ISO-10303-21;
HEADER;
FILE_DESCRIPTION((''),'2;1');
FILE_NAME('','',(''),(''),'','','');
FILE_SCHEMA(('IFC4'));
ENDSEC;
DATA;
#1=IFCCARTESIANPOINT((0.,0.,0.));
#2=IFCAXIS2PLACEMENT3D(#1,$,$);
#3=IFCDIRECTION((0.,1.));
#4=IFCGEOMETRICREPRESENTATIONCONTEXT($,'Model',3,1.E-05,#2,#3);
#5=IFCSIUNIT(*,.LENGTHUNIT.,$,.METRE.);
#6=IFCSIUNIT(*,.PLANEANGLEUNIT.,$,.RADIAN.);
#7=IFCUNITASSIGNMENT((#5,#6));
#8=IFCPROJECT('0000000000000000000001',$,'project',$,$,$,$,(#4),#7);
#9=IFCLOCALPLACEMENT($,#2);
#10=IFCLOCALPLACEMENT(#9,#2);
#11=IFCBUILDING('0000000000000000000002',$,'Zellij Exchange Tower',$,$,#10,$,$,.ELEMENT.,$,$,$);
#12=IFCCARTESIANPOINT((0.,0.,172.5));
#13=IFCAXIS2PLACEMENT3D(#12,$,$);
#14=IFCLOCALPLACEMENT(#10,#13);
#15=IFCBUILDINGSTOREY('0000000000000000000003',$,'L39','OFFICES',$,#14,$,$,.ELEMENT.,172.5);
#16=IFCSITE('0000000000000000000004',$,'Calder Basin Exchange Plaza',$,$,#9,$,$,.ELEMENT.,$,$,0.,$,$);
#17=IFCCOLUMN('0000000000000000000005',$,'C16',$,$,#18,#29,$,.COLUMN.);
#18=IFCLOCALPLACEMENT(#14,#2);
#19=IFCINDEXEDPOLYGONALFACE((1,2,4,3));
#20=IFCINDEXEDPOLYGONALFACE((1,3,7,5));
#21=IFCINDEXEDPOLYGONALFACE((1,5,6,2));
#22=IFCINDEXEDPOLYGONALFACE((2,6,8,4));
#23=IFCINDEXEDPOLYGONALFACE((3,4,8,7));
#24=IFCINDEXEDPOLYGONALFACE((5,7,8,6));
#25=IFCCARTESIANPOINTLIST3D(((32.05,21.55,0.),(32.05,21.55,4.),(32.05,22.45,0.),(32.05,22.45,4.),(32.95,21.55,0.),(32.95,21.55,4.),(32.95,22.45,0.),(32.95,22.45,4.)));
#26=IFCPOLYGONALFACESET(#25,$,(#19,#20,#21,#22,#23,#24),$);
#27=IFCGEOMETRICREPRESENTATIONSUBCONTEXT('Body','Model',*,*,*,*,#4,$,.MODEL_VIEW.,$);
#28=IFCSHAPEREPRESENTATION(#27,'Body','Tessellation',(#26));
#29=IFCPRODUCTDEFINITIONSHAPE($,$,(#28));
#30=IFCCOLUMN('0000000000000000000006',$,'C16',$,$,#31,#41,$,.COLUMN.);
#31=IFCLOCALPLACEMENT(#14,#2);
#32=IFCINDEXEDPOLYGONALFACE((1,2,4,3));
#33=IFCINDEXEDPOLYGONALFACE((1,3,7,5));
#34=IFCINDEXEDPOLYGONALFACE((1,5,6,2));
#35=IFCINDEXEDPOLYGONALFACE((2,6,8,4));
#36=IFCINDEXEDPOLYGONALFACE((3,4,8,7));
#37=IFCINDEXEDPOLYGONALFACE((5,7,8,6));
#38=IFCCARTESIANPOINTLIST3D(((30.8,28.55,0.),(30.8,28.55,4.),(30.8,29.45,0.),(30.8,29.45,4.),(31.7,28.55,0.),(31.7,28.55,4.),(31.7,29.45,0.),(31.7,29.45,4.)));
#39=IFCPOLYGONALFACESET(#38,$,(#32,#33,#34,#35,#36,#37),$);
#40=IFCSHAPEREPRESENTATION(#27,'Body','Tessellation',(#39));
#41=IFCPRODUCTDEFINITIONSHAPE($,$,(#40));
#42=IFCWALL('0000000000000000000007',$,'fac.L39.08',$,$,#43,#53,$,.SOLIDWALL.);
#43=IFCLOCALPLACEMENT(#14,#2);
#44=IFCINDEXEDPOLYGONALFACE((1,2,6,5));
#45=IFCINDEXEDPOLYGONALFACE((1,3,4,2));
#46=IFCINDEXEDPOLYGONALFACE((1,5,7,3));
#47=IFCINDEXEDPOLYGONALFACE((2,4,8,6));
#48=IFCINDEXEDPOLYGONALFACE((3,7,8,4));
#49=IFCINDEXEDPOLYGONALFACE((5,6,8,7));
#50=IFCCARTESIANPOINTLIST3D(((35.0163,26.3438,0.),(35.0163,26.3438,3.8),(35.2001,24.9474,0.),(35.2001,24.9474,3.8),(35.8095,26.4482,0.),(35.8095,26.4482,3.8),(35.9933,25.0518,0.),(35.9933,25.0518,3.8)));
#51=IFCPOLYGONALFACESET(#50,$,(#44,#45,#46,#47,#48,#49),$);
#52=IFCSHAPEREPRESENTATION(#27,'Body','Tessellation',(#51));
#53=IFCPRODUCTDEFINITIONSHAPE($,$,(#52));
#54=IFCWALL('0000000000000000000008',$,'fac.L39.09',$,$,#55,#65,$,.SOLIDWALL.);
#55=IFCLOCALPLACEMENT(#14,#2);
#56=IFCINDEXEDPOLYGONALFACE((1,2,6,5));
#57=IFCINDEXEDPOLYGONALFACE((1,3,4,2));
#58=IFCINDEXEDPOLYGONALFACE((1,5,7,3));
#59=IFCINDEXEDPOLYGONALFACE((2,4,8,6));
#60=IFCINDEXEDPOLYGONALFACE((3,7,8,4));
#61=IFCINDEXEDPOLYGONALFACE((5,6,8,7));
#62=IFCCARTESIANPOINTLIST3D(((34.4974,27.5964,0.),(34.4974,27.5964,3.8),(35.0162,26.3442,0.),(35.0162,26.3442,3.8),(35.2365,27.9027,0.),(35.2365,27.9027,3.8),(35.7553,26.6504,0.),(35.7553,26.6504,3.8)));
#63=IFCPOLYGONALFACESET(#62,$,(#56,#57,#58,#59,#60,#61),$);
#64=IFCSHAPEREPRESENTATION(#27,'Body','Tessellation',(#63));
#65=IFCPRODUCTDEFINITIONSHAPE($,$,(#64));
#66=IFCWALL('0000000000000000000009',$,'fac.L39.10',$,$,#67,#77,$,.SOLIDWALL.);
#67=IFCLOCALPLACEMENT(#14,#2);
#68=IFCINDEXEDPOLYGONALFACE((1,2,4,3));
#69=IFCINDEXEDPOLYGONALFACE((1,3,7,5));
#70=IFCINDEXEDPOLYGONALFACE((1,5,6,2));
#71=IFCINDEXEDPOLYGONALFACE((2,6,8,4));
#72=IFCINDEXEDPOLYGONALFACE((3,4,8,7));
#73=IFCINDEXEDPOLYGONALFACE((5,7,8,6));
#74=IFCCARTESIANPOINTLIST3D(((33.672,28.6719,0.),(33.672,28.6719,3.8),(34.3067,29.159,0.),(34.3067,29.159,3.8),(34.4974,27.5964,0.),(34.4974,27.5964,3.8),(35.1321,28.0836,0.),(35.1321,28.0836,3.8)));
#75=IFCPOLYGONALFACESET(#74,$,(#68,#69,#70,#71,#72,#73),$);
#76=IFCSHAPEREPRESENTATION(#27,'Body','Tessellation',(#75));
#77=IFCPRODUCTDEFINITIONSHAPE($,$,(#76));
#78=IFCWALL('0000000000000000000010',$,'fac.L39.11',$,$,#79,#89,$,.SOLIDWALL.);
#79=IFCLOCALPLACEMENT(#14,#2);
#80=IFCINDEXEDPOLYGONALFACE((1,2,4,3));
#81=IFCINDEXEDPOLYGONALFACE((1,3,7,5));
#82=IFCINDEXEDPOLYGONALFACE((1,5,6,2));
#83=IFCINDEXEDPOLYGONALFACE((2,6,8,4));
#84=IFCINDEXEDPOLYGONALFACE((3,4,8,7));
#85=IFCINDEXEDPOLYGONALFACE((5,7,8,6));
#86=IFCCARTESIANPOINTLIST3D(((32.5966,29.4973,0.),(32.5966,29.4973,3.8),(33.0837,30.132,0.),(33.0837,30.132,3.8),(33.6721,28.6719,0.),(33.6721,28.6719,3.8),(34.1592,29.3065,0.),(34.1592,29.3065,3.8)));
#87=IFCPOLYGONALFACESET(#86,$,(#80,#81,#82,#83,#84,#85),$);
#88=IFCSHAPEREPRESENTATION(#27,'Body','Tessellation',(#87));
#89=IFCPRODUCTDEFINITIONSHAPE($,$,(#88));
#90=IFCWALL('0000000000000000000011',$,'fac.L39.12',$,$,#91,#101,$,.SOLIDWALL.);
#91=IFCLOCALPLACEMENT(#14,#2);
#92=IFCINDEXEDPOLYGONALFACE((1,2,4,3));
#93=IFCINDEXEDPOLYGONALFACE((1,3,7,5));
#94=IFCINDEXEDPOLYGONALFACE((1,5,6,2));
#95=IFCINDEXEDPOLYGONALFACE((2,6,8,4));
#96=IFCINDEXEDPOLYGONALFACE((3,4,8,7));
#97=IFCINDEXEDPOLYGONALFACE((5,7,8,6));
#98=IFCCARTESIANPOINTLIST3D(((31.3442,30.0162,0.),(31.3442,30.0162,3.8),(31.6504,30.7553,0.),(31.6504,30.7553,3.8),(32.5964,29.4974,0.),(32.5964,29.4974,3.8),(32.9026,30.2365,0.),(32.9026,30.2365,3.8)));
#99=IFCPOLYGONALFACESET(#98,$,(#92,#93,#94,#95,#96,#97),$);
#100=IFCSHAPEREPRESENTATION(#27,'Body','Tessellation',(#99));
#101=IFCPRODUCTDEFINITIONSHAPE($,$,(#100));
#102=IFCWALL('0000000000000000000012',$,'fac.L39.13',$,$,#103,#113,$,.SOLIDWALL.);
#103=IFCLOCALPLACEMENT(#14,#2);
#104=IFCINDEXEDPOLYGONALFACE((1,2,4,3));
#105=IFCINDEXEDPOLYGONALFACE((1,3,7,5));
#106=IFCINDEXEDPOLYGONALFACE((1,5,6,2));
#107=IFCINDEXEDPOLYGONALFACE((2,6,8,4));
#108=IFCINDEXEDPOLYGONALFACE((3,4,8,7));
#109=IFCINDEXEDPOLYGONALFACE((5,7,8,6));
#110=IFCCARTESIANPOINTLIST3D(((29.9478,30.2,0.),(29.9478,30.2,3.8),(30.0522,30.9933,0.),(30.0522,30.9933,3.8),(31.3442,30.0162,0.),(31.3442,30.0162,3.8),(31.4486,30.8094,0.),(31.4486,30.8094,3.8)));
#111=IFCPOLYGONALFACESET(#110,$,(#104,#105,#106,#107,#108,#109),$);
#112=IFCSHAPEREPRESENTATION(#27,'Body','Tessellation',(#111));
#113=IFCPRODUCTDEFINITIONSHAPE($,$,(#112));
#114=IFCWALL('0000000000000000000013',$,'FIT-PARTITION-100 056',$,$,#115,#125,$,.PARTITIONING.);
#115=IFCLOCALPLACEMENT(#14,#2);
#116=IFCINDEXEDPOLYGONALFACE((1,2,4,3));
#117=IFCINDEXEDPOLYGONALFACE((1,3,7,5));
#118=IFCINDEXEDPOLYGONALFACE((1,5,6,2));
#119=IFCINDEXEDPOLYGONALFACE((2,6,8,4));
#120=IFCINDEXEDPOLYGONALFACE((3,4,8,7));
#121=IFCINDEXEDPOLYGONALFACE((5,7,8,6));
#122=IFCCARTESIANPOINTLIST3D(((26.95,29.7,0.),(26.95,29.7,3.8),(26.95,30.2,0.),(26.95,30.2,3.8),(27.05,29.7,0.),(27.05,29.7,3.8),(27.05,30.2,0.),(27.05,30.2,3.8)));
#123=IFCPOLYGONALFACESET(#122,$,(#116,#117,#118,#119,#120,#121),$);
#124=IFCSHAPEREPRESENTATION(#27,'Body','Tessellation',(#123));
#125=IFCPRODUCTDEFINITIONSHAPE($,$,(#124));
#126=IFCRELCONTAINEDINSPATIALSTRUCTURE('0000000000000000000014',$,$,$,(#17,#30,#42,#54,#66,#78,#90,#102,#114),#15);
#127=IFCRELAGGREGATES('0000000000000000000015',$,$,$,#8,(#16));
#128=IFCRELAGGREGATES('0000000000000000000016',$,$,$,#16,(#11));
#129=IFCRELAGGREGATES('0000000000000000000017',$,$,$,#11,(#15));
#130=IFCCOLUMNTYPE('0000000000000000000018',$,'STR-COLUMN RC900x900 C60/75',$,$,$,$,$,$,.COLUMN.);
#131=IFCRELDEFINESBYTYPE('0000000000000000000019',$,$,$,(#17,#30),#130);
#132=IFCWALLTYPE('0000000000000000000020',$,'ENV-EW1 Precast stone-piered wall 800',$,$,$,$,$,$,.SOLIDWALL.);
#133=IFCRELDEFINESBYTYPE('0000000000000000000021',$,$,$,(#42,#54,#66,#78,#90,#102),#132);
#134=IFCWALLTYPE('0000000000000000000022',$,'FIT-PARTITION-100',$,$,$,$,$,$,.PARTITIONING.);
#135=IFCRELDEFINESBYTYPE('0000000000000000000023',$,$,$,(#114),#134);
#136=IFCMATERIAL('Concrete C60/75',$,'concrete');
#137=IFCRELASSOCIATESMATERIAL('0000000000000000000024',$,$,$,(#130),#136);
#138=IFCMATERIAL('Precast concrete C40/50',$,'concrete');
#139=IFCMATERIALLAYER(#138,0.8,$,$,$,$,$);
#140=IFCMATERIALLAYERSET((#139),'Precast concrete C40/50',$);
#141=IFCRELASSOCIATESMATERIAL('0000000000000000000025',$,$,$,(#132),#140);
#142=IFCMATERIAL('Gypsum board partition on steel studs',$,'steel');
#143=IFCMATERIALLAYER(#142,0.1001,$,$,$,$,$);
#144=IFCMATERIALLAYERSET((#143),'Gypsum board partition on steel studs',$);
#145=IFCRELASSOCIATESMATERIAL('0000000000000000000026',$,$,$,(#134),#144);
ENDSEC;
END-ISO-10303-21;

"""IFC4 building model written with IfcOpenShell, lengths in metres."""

from ifc_helpers import new_model, si_unit, direction, frame, frame_2d, origin, origin_2d, place, context, subcontext, project, spatial, rectangle, extrude, material, layer, layer_set, material_profile, profile_set, type_object, element, save


model = new_model("IFC4")

# Units and contexts
model_context = context("Model", 3, precision=1e-05, world=origin(), true_north=direction((0.0, 1.0)))
body_context = subcontext(model_context, "Body", "Model", "MODEL_VIEW")
ifc_project = project(units=[si_unit("LENGTHUNIT", "METRE"), si_unit("PLANEANGLEUNIT", "RADIAN")], contexts=[model_context])

# Site, building, storey
site_placement = place(None, origin())
site = spatial("IfcSite", under=ifc_project, at=site_placement, Name="Calder Basin Exchange Plaza", CompositionType="ELEMENT", RefElevation=0.0)
building_placement = place(site_placement, origin())
building = spatial("IfcBuilding", under=site, at=building_placement, Name="Zellij Exchange Tower", CompositionType="ELEMENT")
storey_placement = place(building_placement, frame((0.0, 0.0, 172.5)))
storey = spatial("IfcBuildingStorey", under=building, at=storey_placement, Name="L39", Description="OFFICES", CompositionType="ELEMENT", Elevation=172.5)

# Columns
ifc_material_1 = material(Name="Concrete C60/75", Category="concrete")
ifc_material_profile = material_profile(ifc_material_1, rectangle(XDim=0.8999, YDim=0.8999, at=origin_2d()), Name="STR-COLUMN RC900x900 C60/75")
ifc_profile_set = profile_set([ifc_material_profile], Name="Concrete C60/75")
column_type = type_object("IfcColumnType", Name="STR-COLUMN RC900x900 C60/75", PredefinedType="COLUMN", material=ifc_profile_set)
for number, where, z_axis, x_axis, name in (
    (1, (32.5, 22.0, 0.0), (0.0, 0.0, 1.0), (1.0, 0.0, 0.0), "C16"),
    (2, (31.25, 29.0, 0.0), (0.0, 0.0, 1.0), (1.0, 0.0, 0.0), "C16"),
):
    element("IfcColumn", number, at=place(storey_placement, frame(where, z_axis=z_axis, x_axis=x_axis)), inside=storey, type_object=column_type, Name=name, PredefinedType="COLUMN", context=body_context, shape_type="SweptSolid", body=[
        extrude(rectangle(XDim=0.8999, YDim=0.8999, at=origin_2d()), origin(), (0.0, 0.0, 1.0), 4.0),
    ])

# Walls
ifc_material_2 = material(Name="Precast concrete C40/50", Category="concrete")
ifc_layer_1 = layer(ifc_material_2, 0.8)
ifc_layer_set_1 = layer_set([ifc_layer_1], Name="Precast concrete C40/50")
wall_type_1 = type_object("IfcWallType", Name="ENV-EW1 Precast stone-piered wall 800", PredefinedType="SOLIDWALL", material=ifc_layer_set_1)
wall_1_placement = place(storey_placement, frame((35.5967, 24.9998, 0.0), z_axis=(0.0, 0.0, 1.0), x_axis=(-0.130517, 0.991446, 0.0)))
element("IfcWall", 3, at=wall_1_placement, inside=storey, type_object=wall_type_1, Name="fac.L39.08", PredefinedType="SOLIDWALL", context=body_context, shape_type="SweptSolid", body=[
    extrude(rectangle(XDim=1.4084, YDim=0.8, at=frame_2d((0.7041, 0.0))), origin(), (0.0, 0.0, 1.0), 3.8),
])
wall_2_placement = place(storey_placement, frame((35.3857, 26.4973, 0.0), z_axis=(0.0, 0.0, 1.0), x_axis=(-0.38276, 0.923848, 0.0)))
element("IfcWall", 4, at=wall_2_placement, inside=storey, type_object=wall_type_1, Name="fac.L39.09", PredefinedType="SOLIDWALL", context=body_context, shape_type="SweptSolid", body=[
    extrude(rectangle(XDim=1.3555, YDim=0.8, at=frame_2d((0.6777, 0.0))), origin(), (0.0, 0.0, 1.0), 3.8),
])
for number, where, z_axis, x_axis, name in (
    (5, (34.8147, 27.8401, 0.0), (0.0, 0.0, 1.0), (-0.608866, 0.793273, 0.0), "fac.L39.10"),
    (6, (33.9155, 28.9893, 0.0), (0.0, 0.0, 1.0), (-0.793273, 0.608866, 0.0), "fac.L39.11"),
):
    element("IfcWall", number, at=place(storey_placement, frame(where, z_axis=z_axis, x_axis=x_axis)), inside=storey, type_object=wall_type_1, Name=name, PredefinedType="SOLIDWALL", context=body_context, shape_type="SweptSolid", body=[
        extrude(rectangle(XDim=1.3557, YDim=0.8, at=frame_2d((0.6777, 0.0))), origin(), (0.0, 0.0, 1.0), 3.8),
    ])
wall_3_placement = place(storey_placement, frame((32.7495, 29.8669, 0.0), z_axis=(0.0, 0.0, 1.0), x_axis=(-0.923848, 0.38276, 0.0)))
element("IfcWall", 7, at=wall_3_placement, inside=storey, type_object=wall_type_1, Name="fac.L39.12", PredefinedType="SOLIDWALL", context=body_context, shape_type="SweptSolid", body=[
    extrude(rectangle(XDim=1.3555, YDim=0.8, at=frame_2d((0.6777, 0.0))), origin(), (0.0, 0.0, 1.0), 3.8),
])
wall_4_placement = place(storey_placement, frame((31.3962, 30.4128, 0.0), z_axis=(0.0, 0.0, 1.0), x_axis=(-0.991446, 0.130517, 0.0)))
element("IfcWall", 8, at=wall_4_placement, inside=storey, type_object=wall_type_1, Name="fac.L39.13", PredefinedType="SOLIDWALL", context=body_context, shape_type="SweptSolid", body=[
    extrude(rectangle(XDim=1.4084, YDim=0.8, at=frame_2d((0.7041, 0.0))), origin(), (0.0, 0.0, 1.0), 3.8),
])

# Wall
ifc_material_3 = material(Name="Gypsum board partition on steel studs", Category="steel")
ifc_layer_2 = layer(ifc_material_3, 0.1001)
ifc_layer_set_2 = layer_set([ifc_layer_2], Name="Gypsum board partition on steel studs")
wall_type_2 = type_object("IfcWallType", Name="FIT-PARTITION-100", PredefinedType="PARTITIONING", material=ifc_layer_set_2)
wall_5_placement = place(storey_placement, frame((27.0, 29.7, 0.0), z_axis=(0.0, 0.0, 1.0), x_axis=(0.0, 1.0, 0.0)))
element("IfcWall", 9, at=wall_5_placement, inside=storey, type_object=wall_type_2, Name="FIT-PARTITION-100 056", PredefinedType="PARTITIONING", context=body_context, shape_type="SweptSolid", body=[
    extrude(rectangle(XDim=0.5, YDim=0.1001, at=frame_2d((0.25, 0.0))), origin(), (0.0, 0.0, 1.0), 3.8),
])

save(model, "model.ifc")
